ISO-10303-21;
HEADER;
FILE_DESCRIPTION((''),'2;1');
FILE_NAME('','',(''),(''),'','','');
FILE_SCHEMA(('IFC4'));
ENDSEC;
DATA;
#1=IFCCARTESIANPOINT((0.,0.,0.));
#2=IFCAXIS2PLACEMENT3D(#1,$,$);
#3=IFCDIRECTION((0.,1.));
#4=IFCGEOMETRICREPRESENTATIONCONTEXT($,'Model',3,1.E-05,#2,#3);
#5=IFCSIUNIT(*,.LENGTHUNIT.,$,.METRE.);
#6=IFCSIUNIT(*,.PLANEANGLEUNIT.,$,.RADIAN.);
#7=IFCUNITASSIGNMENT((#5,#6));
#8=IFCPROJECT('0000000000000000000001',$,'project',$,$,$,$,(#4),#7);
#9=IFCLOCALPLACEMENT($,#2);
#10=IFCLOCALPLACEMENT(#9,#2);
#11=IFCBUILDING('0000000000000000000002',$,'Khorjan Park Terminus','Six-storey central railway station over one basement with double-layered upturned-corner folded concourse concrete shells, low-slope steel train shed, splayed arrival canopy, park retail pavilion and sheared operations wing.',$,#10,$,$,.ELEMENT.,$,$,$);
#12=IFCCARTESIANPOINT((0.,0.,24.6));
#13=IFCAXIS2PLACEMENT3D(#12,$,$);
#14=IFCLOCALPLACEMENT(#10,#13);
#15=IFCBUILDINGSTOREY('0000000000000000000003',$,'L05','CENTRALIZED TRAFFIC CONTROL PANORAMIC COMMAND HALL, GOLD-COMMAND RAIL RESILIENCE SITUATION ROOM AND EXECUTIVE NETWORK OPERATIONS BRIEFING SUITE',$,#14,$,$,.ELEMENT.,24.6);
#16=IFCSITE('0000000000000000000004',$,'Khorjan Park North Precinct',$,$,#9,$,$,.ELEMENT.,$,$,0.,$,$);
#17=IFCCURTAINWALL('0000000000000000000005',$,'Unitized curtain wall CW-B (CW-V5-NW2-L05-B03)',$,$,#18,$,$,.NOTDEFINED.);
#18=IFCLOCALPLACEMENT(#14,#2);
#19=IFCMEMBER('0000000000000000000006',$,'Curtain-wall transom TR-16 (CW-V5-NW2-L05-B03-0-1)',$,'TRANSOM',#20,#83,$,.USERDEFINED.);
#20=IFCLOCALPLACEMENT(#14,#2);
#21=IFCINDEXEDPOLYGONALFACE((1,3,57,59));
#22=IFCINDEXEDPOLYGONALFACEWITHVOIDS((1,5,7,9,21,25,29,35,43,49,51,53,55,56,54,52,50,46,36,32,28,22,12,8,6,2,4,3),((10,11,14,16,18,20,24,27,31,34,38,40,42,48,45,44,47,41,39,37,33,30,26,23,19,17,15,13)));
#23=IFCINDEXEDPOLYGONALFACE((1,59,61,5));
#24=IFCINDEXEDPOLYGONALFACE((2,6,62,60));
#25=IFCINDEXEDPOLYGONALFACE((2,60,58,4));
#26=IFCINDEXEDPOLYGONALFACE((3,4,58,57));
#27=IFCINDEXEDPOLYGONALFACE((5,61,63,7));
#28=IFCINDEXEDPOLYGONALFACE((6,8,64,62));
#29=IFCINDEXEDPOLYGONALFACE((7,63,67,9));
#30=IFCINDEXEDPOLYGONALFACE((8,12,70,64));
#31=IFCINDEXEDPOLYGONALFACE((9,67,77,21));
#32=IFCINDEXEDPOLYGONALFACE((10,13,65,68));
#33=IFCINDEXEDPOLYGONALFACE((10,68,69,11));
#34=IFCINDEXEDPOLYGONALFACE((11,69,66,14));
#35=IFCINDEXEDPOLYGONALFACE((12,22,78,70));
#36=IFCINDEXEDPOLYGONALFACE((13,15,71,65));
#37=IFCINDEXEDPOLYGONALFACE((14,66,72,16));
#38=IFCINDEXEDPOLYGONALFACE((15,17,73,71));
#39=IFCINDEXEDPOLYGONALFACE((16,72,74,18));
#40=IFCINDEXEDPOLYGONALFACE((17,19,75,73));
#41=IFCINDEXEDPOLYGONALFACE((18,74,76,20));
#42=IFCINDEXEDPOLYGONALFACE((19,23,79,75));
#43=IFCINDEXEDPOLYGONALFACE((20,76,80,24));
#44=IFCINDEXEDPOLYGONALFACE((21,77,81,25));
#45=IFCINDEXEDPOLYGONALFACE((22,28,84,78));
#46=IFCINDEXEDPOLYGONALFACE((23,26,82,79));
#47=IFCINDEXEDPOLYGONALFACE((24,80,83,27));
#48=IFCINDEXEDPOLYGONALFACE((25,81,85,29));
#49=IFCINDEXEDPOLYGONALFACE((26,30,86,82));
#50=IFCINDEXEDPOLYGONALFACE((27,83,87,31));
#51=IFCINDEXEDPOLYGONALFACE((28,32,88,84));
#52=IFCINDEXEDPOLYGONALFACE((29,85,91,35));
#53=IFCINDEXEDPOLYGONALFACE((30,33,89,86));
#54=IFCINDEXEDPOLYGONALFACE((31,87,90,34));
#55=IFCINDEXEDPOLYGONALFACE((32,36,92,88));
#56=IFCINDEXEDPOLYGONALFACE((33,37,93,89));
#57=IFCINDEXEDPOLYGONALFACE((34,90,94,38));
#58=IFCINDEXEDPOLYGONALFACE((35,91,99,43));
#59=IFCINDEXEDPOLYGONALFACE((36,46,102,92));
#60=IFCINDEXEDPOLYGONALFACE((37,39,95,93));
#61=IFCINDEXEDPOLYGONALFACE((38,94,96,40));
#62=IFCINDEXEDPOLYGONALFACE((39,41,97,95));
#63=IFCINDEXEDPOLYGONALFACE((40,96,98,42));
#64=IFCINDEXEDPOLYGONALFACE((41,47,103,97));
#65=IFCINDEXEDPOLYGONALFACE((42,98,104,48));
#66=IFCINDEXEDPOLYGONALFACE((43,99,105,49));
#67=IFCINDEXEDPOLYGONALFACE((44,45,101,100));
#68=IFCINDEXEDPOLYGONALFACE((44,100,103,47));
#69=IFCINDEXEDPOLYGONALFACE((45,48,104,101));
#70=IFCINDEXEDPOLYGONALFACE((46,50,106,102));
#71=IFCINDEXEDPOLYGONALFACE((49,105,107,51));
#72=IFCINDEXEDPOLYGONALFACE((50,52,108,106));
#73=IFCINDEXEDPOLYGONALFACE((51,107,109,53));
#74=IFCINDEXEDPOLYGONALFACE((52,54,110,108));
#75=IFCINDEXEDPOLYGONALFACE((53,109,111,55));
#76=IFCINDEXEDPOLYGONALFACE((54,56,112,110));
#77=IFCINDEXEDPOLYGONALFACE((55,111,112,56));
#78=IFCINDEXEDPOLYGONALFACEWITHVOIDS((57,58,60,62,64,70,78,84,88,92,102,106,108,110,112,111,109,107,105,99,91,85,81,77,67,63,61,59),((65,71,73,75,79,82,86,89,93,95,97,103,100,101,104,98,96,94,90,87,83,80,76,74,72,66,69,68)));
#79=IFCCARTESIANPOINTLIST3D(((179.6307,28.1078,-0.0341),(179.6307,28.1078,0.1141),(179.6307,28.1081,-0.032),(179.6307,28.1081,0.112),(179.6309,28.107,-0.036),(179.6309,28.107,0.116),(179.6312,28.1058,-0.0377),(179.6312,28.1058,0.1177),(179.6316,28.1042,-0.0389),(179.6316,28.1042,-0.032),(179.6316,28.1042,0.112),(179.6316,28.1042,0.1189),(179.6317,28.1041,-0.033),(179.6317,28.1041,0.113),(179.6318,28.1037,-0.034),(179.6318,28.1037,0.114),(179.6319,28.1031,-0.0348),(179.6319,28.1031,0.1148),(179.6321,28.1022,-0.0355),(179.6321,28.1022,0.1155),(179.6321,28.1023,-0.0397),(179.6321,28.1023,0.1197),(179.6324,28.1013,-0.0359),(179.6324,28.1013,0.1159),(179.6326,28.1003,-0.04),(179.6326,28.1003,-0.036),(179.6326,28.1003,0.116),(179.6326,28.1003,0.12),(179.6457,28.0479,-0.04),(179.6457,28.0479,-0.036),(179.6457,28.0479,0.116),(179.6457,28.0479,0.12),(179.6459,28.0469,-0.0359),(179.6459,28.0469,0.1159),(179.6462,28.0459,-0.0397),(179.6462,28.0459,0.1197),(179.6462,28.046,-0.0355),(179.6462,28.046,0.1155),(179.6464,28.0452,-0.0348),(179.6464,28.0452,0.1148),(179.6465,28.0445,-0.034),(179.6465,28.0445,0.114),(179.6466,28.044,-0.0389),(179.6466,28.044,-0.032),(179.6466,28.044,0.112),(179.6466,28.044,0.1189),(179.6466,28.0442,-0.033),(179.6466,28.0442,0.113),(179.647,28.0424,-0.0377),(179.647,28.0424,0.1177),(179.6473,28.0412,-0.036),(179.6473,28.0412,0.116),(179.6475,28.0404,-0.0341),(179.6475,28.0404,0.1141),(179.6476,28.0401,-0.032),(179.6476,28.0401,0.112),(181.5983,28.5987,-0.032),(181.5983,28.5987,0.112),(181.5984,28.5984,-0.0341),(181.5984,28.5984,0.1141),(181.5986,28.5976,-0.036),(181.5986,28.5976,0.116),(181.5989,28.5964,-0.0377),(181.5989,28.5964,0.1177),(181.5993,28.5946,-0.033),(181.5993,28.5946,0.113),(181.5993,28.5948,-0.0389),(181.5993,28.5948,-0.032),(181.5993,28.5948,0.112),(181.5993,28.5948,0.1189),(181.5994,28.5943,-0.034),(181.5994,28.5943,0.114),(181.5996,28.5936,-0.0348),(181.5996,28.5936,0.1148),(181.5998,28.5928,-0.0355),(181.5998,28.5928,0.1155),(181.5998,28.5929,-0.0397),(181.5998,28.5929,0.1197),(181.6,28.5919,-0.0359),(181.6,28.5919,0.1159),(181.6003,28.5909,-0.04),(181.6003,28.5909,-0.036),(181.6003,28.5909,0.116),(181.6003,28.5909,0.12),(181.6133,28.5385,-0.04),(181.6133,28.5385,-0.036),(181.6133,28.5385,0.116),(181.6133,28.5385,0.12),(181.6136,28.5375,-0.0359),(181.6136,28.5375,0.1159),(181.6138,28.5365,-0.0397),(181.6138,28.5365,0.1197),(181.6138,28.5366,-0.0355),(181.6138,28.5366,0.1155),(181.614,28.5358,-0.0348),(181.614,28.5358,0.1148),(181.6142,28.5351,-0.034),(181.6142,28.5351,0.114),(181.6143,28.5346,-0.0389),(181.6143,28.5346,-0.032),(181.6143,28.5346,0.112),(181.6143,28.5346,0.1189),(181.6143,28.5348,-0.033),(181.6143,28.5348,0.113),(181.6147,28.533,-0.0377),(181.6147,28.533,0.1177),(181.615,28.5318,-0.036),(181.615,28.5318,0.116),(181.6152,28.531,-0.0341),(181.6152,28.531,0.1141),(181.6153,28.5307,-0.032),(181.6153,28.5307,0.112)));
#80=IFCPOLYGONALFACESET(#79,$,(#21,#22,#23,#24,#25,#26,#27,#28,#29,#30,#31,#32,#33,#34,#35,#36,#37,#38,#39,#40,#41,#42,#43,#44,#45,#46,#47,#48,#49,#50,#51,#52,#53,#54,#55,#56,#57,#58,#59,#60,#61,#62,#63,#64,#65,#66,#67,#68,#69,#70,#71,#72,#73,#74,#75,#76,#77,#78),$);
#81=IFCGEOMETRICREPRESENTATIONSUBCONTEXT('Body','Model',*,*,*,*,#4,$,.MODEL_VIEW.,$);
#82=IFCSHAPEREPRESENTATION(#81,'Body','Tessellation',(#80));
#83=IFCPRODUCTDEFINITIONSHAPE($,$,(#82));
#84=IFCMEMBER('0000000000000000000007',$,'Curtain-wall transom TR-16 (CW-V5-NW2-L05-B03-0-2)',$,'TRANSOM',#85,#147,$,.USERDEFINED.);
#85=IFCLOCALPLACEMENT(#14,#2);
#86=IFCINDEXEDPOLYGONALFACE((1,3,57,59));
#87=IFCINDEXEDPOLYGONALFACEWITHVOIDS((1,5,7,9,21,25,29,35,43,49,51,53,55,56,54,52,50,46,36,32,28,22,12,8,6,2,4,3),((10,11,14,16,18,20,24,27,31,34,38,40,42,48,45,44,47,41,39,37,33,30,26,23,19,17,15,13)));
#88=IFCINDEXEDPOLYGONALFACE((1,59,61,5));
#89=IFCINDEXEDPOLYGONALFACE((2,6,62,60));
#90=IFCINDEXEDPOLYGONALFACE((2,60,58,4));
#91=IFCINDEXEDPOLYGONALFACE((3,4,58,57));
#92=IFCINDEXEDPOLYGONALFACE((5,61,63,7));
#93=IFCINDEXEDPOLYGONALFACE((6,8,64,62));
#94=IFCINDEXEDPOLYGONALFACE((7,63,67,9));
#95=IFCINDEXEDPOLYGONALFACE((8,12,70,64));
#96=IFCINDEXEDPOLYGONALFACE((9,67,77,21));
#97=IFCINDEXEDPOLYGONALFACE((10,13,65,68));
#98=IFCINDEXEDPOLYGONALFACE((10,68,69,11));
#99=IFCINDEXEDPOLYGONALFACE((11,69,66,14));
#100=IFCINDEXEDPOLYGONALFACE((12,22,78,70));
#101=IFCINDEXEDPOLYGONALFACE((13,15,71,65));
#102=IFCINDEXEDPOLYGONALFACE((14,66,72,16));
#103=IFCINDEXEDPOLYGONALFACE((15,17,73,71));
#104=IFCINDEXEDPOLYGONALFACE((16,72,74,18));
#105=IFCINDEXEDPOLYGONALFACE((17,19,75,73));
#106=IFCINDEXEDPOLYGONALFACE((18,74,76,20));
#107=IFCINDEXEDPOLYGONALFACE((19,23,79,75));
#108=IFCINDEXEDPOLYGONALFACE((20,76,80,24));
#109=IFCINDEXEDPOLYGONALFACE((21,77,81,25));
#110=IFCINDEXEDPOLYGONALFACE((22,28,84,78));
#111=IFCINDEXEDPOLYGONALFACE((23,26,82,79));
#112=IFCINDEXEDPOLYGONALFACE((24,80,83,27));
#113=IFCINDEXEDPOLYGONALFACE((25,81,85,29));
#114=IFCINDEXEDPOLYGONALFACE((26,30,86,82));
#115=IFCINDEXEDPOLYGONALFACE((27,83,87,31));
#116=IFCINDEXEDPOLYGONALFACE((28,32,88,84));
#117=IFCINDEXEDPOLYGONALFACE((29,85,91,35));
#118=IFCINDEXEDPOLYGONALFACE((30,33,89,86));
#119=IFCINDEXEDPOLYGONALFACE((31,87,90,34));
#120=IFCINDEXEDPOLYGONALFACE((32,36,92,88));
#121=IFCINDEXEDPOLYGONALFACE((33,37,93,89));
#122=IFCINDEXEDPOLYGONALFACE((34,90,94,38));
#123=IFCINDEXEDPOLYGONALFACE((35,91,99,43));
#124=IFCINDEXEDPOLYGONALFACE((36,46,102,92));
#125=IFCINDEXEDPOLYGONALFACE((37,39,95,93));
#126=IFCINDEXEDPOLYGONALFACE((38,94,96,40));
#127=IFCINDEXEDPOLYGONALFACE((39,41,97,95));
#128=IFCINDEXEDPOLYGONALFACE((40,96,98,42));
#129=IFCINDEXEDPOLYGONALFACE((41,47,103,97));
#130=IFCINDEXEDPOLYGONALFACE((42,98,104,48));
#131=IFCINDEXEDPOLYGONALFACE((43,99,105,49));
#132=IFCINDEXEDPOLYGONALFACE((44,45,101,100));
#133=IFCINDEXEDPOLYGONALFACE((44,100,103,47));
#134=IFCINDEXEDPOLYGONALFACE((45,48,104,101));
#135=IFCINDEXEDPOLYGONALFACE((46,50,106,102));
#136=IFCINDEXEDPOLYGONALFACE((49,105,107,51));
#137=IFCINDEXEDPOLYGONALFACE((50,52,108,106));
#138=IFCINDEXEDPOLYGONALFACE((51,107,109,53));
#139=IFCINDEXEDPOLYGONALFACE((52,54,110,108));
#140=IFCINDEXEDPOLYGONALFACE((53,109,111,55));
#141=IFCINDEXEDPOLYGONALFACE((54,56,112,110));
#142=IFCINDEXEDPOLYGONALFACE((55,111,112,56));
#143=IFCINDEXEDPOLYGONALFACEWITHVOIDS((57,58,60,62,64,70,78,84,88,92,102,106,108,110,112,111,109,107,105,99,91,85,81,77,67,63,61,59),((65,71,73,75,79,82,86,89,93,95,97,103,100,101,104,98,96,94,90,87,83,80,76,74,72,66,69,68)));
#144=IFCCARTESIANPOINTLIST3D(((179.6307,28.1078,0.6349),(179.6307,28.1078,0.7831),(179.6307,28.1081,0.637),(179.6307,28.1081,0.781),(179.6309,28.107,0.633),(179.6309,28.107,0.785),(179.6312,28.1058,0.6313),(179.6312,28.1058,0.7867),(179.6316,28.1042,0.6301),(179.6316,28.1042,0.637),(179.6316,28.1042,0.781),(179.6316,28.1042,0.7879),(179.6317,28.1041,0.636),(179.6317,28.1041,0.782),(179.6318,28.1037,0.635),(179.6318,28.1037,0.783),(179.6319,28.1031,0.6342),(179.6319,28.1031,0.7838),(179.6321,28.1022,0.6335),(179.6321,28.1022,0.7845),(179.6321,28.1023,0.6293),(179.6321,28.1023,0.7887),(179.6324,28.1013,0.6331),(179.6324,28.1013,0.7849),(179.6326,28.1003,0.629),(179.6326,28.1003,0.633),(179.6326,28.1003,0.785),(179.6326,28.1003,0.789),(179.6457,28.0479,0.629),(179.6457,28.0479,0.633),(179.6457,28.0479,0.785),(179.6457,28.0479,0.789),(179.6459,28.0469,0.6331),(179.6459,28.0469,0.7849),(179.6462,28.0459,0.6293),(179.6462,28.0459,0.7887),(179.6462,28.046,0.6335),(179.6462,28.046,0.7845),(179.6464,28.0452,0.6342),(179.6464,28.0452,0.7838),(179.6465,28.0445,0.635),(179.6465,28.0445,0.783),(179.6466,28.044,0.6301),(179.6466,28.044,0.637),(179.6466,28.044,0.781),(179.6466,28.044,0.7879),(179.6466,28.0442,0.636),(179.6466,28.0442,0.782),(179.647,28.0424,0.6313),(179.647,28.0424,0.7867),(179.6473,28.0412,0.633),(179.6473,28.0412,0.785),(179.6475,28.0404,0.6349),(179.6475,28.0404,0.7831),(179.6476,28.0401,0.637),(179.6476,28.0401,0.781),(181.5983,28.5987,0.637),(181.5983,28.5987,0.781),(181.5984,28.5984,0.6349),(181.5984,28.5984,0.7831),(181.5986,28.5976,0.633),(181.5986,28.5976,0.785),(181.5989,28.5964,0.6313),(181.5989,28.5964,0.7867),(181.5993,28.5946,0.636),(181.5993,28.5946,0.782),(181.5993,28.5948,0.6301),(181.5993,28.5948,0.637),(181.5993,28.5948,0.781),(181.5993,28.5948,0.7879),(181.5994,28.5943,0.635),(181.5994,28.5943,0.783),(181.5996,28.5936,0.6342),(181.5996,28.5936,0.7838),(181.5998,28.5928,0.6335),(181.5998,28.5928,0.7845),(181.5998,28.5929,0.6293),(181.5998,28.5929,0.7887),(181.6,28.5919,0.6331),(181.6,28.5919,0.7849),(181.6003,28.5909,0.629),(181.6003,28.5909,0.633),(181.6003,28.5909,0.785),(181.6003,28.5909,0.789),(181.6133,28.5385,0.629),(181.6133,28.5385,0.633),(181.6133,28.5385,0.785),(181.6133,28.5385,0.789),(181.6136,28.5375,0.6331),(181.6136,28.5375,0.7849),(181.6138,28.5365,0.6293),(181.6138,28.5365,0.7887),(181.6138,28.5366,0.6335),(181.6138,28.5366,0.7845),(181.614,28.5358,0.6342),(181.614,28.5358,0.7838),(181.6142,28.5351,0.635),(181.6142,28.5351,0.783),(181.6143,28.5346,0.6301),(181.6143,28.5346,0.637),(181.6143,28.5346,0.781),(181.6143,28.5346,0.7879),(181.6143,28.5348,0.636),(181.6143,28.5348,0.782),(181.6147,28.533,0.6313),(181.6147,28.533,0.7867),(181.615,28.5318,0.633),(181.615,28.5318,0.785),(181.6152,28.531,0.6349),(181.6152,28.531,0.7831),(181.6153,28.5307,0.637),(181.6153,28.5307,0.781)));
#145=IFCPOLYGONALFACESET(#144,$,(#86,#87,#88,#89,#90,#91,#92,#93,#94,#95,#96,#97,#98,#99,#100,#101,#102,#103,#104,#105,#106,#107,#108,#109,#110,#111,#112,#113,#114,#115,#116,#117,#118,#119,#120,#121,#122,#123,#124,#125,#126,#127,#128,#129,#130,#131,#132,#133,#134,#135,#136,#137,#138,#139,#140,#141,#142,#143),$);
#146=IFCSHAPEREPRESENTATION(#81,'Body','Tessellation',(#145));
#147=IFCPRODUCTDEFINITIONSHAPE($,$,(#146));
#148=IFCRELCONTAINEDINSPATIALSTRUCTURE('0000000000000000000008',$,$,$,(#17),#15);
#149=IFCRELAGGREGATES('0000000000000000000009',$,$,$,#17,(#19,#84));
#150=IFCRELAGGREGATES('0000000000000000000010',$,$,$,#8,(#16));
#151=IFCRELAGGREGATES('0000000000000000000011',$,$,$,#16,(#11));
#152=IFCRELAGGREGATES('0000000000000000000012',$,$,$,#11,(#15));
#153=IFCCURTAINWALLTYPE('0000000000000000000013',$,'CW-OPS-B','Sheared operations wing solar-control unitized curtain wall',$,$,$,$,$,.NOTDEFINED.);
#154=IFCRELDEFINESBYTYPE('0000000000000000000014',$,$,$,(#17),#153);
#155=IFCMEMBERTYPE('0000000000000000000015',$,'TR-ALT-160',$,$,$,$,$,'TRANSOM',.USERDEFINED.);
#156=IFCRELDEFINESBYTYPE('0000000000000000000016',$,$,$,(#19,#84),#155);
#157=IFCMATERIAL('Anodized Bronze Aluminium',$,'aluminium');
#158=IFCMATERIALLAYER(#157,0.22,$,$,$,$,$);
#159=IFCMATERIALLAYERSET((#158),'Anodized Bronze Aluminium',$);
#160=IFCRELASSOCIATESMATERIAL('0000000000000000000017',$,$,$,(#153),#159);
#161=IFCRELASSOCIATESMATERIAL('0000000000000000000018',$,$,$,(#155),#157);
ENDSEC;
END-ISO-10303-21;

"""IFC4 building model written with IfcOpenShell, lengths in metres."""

from ifc_helpers import new_model, si_unit, direction, frame, origin, origin_2d, place, context, subcontext, project, spatial, hollow_rectangle, extrude, material, layer, layer_set, material_profile, profile_set, type_object, element, aggregate, save


model = new_model("IFC4")

# Units and contexts
model_context = context("Model", 3, precision=1e-05, world=origin(), true_north=direction((0.0, 1.0)))
body_context = subcontext(model_context, "Body", "Model", "MODEL_VIEW")
ifc_project = project(units=[si_unit("LENGTHUNIT", "METRE"), si_unit("PLANEANGLEUNIT", "RADIAN")], contexts=[model_context])

# Site, building, storey
site_placement = place(None, origin())
site = spatial("IfcSite", under=ifc_project, at=site_placement, Name="Khorjan Park North Precinct", CompositionType="ELEMENT", RefElevation=0.0)
building_placement = place(site_placement, origin())
building = spatial("IfcBuilding", under=site, at=building_placement, Name="Khorjan Park Terminus", Description="Six-storey central railway station over one basement with double-layered upturned-corner folded concourse concrete shells, low-slope steel train shed, splayed arrival canopy, park retail pavilion and sheared operations wing.", CompositionType="ELEMENT")
storey_placement = place(building_placement, frame((0.0, 0.0, 24.6)))
storey = spatial("IfcBuildingStorey", under=building, at=storey_placement, Name="L05", Description="CENTRALIZED TRAFFIC CONTROL PANORAMIC COMMAND HALL, GOLD-COMMAND RAIL RESILIENCE SITUATION ROOM AND EXECUTIVE NETWORK OPERATIONS BRIEFING SUITE", CompositionType="ELEMENT", Elevation=24.6)

# Curtain wall, members
ifc_material_1 = material(Name="Anodized Bronze Aluminium", Category="aluminium")
ifc_layer_1 = layer(ifc_material_1, 0.22)
ifc_layer_set_1 = layer_set([ifc_layer_1], Name="Anodized Bronze Aluminium")
curtain_wall_type = type_object("IfcCurtainWallType", Name="CW-OPS-B", Description="Sheared operations wing solar-control unitized curtain wall", PredefinedType="NOTDEFINED", material=ifc_layer_set_1)
curtain_wall_placement = place(storey_placement, origin())
curtain_wall = element("IfcCurtainWall", 1, at=curtain_wall_placement, inside=storey, type_object=curtain_wall_type, Name="Unitized curtain wall CW-B (CW-V5-NW2-L05-B03)", PredefinedType="NOTDEFINED")
ifc_material_profile_1 = material_profile(ifc_material_1, hollow_rectangle(XDim=0.07, YDim=0.16, WallThickness=0.004, InnerFilletRadius=0.004, OuterFilletRadius=0.008, at=origin_2d()), Name="ALT 70x160x4")
ifc_profile_set_1 = profile_set([ifc_material_profile_1], Name="Anodized Bronze Aluminium")
member_type_1 = type_object("IfcMemberType", Name="TR-ALT-160", ElementType="TRANSOM", PredefinedType="USERDEFINED", material=ifc_profile_set_1)
member_1_placement = place(storey_placement, frame((181.6068, 28.5647, 0.04), z_axis=(-0.970296, -0.241921, 0.0), x_axis=(0.241921, -0.970296, 0.0)))
member_1 = element("IfcMember", 2, at=member_1_placement, type_object=member_type_1, Name="Curtain-wall transom TR-16 (CW-V5-NW2-L05-B03-0-1)", ObjectType="TRANSOM", PredefinedType="USERDEFINED", context=body_context, shape_type="SweptSolid", body=[
    extrude(hollow_rectangle(XDim=0.07, YDim=0.16, WallThickness=0.004, InnerFilletRadius=0.004, OuterFilletRadius=0.008, at=origin_2d()), origin(), (0.0, 0.0, 1.0), 2.0279),
])
member_2_placement = place(storey_placement, frame((181.6068, 28.5647, 0.709), z_axis=(-0.970296, -0.241921, 0.0), x_axis=(0.241921, -0.970296, 0.0)))
member_2 = element("IfcMember", 3, at=member_2_placement, type_object=member_type_1, Name="Curtain-wall transom TR-16 (CW-V5-NW2-L05-B03-0-2)", ObjectType="TRANSOM", PredefinedType="USERDEFINED", context=body_context, shape_type="SweptSolid", body=[
    extrude(hollow_rectangle(XDim=0.07, YDim=0.16, WallThickness=0.004, InnerFilletRadius=0.004, OuterFilletRadius=0.008, at=origin_2d()), origin(), (0.0, 0.0, 1.0), 2.0279),
])
aggregate(curtain_wall, [member_1, member_2])

save(model, "model.ifc")
